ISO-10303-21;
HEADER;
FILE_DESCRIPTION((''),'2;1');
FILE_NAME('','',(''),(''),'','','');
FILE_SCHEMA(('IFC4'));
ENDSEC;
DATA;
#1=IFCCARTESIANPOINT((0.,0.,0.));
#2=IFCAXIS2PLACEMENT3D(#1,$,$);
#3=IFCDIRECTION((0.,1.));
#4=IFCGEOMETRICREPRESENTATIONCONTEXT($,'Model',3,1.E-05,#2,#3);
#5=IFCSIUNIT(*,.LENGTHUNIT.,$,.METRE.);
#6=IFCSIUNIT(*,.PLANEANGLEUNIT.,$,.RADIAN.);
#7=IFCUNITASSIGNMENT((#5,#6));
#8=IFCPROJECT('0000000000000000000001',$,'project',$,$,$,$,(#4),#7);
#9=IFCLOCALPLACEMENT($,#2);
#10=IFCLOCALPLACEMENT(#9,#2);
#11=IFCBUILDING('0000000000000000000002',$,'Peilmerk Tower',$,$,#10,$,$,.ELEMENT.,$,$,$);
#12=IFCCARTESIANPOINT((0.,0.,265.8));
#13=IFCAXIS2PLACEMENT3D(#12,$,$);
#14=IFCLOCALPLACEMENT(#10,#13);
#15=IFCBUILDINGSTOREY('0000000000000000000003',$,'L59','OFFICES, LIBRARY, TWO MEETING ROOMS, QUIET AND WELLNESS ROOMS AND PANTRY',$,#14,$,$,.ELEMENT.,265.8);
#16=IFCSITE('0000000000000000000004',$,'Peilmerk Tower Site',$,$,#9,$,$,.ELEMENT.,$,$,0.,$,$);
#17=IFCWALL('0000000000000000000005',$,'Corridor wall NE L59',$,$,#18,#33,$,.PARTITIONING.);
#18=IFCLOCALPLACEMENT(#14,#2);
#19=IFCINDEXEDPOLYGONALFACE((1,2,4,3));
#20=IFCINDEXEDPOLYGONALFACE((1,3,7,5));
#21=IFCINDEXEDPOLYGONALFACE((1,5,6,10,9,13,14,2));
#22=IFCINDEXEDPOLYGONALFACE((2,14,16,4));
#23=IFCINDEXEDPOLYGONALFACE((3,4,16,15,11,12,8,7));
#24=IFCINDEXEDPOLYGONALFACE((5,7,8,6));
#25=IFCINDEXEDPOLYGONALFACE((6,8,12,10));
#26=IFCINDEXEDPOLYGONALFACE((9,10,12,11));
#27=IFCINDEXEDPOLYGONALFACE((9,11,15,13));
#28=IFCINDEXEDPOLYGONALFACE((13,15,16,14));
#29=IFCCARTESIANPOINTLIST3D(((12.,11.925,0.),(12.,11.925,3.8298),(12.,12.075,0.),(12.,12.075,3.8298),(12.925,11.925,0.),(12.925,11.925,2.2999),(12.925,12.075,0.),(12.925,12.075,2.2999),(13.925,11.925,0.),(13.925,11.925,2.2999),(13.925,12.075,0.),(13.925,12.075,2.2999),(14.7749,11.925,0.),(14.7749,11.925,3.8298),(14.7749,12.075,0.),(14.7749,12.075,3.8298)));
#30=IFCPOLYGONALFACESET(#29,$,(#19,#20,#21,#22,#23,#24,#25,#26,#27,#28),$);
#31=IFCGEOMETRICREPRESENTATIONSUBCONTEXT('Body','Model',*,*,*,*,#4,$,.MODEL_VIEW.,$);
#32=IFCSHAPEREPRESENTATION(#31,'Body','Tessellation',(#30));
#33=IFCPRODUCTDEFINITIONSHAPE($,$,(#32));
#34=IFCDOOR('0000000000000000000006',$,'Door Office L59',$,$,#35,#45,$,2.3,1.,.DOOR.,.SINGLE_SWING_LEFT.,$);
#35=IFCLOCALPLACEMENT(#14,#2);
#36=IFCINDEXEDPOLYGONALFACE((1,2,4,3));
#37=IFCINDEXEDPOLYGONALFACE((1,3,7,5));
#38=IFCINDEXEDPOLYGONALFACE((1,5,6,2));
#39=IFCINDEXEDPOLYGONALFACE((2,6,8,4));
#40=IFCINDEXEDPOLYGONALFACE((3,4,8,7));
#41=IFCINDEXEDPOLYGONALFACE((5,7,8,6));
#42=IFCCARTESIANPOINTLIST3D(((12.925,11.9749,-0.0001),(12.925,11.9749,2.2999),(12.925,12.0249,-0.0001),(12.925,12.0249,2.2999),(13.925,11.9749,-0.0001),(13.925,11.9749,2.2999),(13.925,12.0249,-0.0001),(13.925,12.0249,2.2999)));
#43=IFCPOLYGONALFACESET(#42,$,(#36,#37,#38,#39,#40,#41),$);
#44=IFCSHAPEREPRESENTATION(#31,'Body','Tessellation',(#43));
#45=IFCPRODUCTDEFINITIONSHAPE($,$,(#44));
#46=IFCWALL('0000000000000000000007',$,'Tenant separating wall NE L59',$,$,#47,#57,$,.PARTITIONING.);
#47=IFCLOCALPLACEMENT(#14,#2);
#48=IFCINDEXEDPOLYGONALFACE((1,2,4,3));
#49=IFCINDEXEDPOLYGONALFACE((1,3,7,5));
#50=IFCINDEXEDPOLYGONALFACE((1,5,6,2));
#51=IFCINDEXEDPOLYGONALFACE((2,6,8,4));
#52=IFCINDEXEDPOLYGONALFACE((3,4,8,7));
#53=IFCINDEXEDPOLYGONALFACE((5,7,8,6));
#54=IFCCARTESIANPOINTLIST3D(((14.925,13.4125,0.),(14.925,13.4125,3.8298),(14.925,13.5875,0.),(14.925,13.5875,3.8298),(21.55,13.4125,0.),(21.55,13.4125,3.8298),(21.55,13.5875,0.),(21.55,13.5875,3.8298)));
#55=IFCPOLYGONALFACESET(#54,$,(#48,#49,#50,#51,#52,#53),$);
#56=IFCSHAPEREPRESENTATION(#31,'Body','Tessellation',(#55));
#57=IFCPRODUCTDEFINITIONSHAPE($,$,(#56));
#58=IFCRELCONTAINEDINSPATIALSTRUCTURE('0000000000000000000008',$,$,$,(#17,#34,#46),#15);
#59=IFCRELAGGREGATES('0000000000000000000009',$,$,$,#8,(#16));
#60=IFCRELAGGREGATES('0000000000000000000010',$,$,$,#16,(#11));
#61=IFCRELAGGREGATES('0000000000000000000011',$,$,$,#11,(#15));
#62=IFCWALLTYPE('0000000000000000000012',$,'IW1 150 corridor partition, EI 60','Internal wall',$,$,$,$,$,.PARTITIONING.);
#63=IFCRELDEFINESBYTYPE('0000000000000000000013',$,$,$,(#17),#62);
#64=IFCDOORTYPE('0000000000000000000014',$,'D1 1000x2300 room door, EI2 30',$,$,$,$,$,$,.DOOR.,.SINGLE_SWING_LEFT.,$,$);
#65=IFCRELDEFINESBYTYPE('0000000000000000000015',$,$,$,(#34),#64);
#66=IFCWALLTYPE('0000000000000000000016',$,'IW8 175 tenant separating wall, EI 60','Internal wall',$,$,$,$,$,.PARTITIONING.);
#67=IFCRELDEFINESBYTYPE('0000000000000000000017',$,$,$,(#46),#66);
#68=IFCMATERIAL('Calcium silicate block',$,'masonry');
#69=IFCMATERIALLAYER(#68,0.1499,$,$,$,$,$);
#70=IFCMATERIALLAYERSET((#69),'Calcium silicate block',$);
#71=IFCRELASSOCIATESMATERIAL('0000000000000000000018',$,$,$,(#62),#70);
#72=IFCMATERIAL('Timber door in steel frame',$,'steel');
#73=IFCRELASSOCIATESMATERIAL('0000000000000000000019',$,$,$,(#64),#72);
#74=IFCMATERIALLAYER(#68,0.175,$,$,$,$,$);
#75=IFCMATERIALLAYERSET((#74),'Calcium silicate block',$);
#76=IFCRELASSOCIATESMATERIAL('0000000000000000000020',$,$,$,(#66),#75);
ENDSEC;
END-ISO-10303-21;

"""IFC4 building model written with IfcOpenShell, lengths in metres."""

from ifc_helpers import new_model, si_unit, direction, frame, frame_2d, origin, place, context, subcontext, project, spatial, rectangle, extrude, material, layer, layer_set, type_object, element, fill, save


model = new_model("IFC4")

# Units and contexts
model_context = context("Model", 3, precision=1e-05, world=origin(), true_north=direction((0.0, 1.0)))
body_context = subcontext(model_context, "Body", "Model", "MODEL_VIEW")
ifc_project = project(units=[si_unit("LENGTHUNIT", "METRE"), si_unit("PLANEANGLEUNIT", "RADIAN")], contexts=[model_context])

# Site, building, storey
site_placement = place(None, origin())
site = spatial("IfcSite", under=ifc_project, at=site_placement, Name="Peilmerk Tower Site", CompositionType="ELEMENT", RefElevation=0.0)
building_placement = place(site_placement, origin())
building = spatial("IfcBuilding", under=site, at=building_placement, Name="Peilmerk Tower", CompositionType="ELEMENT")
storey_placement = place(building_placement, frame((0.0, 0.0, 265.8)))
storey = spatial("IfcBuildingStorey", under=building, at=storey_placement, Name="L59", Description="OFFICES, LIBRARY, TWO MEETING ROOMS, QUIET AND WELLNESS ROOMS AND PANTRY", CompositionType="ELEMENT", Elevation=265.8)

# Wall, opening, door
ifc_material_1 = material(Name="Calcium silicate block", Category="masonry")
ifc_layer_1 = layer(ifc_material_1, 0.1499)
ifc_layer_set_1 = layer_set([ifc_layer_1], Name="Calcium silicate block")
wall_type_1 = type_object("IfcWallType", Name="IW1 150 corridor partition, EI 60", Description="Internal wall", PredefinedType="PARTITIONING", material=ifc_layer_set_1)
wall_1_placement = place(storey_placement, frame((12.0, 12.0, 0.0), z_axis=(0.0, 0.0, 1.0), x_axis=(1.0, 0.0, 0.0)))
wall_1 = element("IfcWall", 1, at=wall_1_placement, inside=storey, type_object=wall_type_1, Name="Corridor wall NE L59", PredefinedType="PARTITIONING", context=body_context, shape_type="SweptSolid", body=[
    extrude(rectangle(XDim=2.7749, YDim=0.1499, at=frame_2d((1.3875, 0.0))), origin(), (0.0, 0.0, 1.0), 3.8298),
])
opening_placement = place(wall_1_placement, frame((0.925, 0.0, 0.0)))
opening = element("IfcOpeningElement", 2, at=opening_placement, cuts=wall_1, PredefinedType="OPENING", context=body_context, shape_type="SweptSolid", body=[
    extrude(rectangle(XDim=1.0, YDim=2.3, at=frame_2d((0.5, 1.1499))), frame((0.0, 0.085, 0.0), z_axis=(0.0, -1.0, 0.0), x_axis=(1.0, 0.0, 0.0)), (0.0, 0.0, 1.0), 0.1699),
])
ifc_material_2 = material(Name="Timber door in steel frame", Category="steel")
door_type = type_object("IfcDoorType", Name="D1 1000x2300 room door, EI2 30", OperationType="SINGLE_SWING_LEFT", PredefinedType="DOOR", material=ifc_material_2)
door_placement = place(opening_placement, origin())
door = element("IfcDoor", 3, at=door_placement, inside=storey, type_object=door_type, Name="Door Office L59", OperationType="SINGLE_SWING_LEFT", OverallHeight=2.3, OverallWidth=1.0, PredefinedType="DOOR", context=body_context, shape_type="SweptSolid", body=[
    extrude(rectangle(XDim=1.0, YDim=2.3, at=frame_2d((0.5, 1.1499))), frame((0.0, 0.0249, 0.0), z_axis=(0.0, -1.0, 0.0), x_axis=(1.0, 0.0, 0.0)), (0.0, 0.0, 1.0), 0.05),
])
fill(opening, door)

# Wall
ifc_layer_2 = layer(ifc_material_1, 0.175)
ifc_layer_set_2 = layer_set([ifc_layer_2], Name="Calcium silicate block")
wall_type_2 = type_object("IfcWallType", Name="IW8 175 tenant separating wall, EI 60", Description="Internal wall", PredefinedType="PARTITIONING", material=ifc_layer_set_2)
wall_2_placement = place(storey_placement, frame((14.925, 13.5, 0.0), z_axis=(0.0, 0.0, 1.0), x_axis=(1.0, 0.0, 0.0)))
element("IfcWall", 4, at=wall_2_placement, inside=storey, type_object=wall_type_2, Name="Tenant separating wall NE L59", PredefinedType="PARTITIONING", context=body_context, shape_type="SweptSolid", body=[
    extrude(rectangle(XDim=6.625, YDim=0.175, at=frame_2d((3.3125, 0.0))), origin(), (0.0, 0.0, 1.0), 3.8298),
])

save(model, "model.ifc")
